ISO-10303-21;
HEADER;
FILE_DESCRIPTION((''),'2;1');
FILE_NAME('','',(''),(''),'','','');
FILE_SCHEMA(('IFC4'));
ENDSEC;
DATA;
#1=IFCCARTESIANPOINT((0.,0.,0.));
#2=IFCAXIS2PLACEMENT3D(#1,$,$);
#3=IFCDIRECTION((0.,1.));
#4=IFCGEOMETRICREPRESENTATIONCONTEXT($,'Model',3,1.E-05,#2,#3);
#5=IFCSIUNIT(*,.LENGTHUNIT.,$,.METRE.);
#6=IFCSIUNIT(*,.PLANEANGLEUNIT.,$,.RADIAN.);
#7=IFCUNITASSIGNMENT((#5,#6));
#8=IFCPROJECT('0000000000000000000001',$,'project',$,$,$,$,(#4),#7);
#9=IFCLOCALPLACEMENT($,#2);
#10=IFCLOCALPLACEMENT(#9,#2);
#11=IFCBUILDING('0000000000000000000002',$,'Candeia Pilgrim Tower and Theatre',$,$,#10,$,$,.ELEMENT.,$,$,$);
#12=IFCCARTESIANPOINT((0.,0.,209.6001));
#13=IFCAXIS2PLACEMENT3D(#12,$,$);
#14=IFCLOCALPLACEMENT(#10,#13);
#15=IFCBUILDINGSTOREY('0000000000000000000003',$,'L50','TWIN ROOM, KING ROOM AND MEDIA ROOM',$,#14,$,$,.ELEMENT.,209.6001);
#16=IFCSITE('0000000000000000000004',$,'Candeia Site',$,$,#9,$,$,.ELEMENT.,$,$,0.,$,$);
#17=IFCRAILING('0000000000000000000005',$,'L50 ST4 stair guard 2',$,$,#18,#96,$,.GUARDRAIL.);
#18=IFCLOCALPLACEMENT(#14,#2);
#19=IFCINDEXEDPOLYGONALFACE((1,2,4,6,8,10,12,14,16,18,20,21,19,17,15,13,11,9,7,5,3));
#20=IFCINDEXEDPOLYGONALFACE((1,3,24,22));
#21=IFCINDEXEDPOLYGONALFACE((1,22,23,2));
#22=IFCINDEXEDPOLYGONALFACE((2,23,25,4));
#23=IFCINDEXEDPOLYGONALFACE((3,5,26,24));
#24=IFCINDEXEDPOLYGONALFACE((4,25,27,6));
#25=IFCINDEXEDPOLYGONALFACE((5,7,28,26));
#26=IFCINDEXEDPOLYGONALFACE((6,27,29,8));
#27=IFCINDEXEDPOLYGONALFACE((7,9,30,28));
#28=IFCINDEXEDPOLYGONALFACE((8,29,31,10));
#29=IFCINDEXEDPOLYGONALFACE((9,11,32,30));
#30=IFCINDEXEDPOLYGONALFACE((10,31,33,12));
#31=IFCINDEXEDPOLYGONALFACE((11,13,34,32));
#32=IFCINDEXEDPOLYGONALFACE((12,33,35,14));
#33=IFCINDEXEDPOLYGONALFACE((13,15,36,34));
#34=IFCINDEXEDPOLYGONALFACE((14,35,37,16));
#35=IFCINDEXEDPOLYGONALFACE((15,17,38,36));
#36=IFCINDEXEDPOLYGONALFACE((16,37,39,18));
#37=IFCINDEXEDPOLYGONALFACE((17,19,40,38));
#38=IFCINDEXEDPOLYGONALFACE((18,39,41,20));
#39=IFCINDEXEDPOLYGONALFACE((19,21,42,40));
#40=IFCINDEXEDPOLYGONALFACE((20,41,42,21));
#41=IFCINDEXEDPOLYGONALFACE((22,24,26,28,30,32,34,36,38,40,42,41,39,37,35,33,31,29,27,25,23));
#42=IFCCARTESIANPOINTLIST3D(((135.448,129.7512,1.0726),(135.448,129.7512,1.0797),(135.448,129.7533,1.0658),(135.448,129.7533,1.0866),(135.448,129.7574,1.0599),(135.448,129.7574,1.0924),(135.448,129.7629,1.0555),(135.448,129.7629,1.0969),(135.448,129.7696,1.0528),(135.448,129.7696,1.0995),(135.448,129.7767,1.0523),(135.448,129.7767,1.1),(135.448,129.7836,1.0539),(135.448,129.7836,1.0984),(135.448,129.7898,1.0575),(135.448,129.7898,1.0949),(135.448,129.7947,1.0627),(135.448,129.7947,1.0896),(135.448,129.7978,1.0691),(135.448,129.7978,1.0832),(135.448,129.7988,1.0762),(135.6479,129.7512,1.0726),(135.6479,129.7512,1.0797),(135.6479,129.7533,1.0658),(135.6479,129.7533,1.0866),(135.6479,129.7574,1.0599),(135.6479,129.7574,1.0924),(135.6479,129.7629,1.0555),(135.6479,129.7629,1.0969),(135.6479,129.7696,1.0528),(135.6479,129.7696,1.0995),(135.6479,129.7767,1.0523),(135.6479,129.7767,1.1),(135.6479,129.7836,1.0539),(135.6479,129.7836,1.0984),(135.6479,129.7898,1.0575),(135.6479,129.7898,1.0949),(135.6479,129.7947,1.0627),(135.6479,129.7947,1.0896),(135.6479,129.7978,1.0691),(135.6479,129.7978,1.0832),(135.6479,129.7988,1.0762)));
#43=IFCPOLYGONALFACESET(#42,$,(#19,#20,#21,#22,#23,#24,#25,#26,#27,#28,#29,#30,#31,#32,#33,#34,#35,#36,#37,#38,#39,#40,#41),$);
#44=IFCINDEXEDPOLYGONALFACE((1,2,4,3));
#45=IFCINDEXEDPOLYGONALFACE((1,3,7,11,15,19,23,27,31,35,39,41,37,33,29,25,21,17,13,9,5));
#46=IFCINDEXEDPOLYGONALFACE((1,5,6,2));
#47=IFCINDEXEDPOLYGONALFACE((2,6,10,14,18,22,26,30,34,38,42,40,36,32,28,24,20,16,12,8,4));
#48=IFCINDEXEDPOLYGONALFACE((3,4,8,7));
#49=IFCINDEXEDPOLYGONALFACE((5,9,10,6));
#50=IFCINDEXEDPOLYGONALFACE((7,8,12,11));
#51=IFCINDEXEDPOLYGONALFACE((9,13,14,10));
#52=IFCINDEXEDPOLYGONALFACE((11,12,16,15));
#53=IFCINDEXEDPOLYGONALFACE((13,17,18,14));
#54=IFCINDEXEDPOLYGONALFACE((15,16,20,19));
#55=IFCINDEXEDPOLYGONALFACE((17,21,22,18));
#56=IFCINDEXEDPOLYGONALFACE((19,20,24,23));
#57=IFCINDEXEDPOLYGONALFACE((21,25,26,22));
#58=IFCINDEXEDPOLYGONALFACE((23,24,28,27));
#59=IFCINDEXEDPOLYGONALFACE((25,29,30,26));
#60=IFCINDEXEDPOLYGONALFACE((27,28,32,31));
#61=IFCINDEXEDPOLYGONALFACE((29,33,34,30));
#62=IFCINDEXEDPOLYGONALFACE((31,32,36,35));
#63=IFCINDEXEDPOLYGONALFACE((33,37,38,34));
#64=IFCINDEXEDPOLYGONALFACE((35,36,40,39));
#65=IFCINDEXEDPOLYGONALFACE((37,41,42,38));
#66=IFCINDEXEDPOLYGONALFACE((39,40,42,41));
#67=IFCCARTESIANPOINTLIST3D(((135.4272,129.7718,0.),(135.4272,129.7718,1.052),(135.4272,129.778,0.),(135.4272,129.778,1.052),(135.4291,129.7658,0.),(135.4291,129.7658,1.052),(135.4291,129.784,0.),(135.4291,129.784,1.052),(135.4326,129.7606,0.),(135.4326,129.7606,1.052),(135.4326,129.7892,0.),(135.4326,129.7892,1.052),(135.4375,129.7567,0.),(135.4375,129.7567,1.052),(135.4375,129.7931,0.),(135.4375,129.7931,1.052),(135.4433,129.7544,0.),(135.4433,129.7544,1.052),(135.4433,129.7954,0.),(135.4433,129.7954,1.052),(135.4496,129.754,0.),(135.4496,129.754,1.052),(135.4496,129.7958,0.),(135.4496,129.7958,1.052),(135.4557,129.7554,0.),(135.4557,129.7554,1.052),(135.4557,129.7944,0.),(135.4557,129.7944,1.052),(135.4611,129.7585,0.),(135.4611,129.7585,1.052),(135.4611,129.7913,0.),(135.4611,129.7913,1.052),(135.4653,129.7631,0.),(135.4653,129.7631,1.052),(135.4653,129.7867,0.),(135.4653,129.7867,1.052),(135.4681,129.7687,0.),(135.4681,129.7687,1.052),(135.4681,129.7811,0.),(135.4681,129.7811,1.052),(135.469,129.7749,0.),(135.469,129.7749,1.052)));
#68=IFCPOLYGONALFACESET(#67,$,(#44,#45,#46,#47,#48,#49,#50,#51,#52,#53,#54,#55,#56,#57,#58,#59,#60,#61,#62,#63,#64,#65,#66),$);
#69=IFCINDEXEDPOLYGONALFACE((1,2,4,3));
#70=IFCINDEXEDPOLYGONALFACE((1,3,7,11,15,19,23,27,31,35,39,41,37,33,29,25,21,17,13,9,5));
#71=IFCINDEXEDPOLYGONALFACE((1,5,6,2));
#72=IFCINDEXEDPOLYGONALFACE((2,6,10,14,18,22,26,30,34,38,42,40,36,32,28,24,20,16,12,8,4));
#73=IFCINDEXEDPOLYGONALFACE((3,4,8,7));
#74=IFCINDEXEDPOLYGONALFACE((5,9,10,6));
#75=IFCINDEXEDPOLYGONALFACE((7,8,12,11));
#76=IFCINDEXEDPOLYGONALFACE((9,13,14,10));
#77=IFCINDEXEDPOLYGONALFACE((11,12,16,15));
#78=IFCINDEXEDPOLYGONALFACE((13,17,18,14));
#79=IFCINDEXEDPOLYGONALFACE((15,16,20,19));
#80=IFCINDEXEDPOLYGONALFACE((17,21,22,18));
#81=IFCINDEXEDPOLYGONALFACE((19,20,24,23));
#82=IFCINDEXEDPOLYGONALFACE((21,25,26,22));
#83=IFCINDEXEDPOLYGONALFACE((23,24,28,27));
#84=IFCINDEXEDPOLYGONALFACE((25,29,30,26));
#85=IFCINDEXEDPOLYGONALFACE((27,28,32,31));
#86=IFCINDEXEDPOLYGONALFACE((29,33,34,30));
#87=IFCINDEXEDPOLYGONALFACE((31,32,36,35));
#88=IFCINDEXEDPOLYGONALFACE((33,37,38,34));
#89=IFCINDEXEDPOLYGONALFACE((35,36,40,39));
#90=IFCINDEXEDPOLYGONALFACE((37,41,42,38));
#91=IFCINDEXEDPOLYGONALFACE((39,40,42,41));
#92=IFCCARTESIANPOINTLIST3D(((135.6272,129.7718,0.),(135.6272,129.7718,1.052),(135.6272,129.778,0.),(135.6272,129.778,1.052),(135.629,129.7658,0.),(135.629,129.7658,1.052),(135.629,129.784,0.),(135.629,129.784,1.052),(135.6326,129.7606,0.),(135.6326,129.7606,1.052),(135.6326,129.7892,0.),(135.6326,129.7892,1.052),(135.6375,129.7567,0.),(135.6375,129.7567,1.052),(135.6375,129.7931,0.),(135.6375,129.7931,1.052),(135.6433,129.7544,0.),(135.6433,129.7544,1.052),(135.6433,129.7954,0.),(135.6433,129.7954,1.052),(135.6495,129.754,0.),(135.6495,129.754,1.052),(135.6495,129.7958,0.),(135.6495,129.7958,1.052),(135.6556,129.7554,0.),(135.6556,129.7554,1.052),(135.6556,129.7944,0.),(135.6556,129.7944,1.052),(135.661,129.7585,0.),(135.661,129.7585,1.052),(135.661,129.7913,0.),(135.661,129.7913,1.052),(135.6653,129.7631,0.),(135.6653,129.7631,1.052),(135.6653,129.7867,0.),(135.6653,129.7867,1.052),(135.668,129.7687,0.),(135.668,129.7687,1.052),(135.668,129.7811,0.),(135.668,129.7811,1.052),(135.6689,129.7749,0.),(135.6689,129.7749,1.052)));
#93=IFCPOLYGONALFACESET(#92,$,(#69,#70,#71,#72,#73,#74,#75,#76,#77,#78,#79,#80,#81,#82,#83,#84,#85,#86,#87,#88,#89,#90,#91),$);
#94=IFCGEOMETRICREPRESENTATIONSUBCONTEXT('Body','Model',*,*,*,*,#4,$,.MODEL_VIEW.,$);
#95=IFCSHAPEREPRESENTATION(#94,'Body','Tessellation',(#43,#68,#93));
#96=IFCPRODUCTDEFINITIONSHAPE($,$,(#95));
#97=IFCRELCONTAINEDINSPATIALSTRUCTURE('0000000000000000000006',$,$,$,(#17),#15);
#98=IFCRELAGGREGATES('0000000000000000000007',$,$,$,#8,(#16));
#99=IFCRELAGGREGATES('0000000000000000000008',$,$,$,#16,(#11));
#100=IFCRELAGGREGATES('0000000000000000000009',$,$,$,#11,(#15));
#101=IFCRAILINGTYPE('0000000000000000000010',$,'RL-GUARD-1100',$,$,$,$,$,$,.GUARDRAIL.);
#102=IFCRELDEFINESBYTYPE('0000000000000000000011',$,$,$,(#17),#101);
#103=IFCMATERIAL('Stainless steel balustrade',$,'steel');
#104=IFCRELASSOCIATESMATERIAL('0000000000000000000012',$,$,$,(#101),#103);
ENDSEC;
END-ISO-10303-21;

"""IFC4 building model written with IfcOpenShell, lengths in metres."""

from ifc_helpers import new_model, si_unit, direction, frame, origin, origin_2d, place, context, subcontext, project, spatial, circle, extrude, material, type_object, element, save


model = new_model("IFC4")

# Units and contexts
model_context = context("Model", 3, precision=1e-05, world=origin(), true_north=direction((0.0, 1.0)))
body_context = subcontext(model_context, "Body", "Model", "MODEL_VIEW")
ifc_project = project(units=[si_unit("LENGTHUNIT", "METRE"), si_unit("PLANEANGLEUNIT", "RADIAN")], contexts=[model_context])

# Site, building, storey
site_placement = place(None, origin())
site = spatial("IfcSite", under=ifc_project, at=site_placement, Name="Candeia Site", CompositionType="ELEMENT", RefElevation=0.0)
building_placement = place(site_placement, origin())
building = spatial("IfcBuilding", under=site, at=building_placement, Name="Candeia Pilgrim Tower and Theatre", CompositionType="ELEMENT")
storey_placement = place(building_placement, frame((0.0, 0.0, 209.6001)))
storey = spatial("IfcBuildingStorey", under=building, at=storey_placement, Name="L50", Description="TWIN ROOM, KING ROOM AND MEDIA ROOM", CompositionType="ELEMENT", Elevation=209.6001)

# Railing
ifc_material_1 = material(Name="Stainless steel balustrade", Category="steel")
railing_type_1 = type_object("IfcRailingType", Name="RL-GUARD-1100", PredefinedType="GUARDRAIL", material=ifc_material_1)
railing_1_placement = place(storey_placement, frame((135.448, 129.7749, 0.0)))
element("IfcRailing", 1, at=railing_1_placement, inside=storey, type_object=railing_type_1, Name="L50 ST4 stair guard 2", PredefinedType="GUARDRAIL", context=body_context, shape_type="SweptSolid", body=[
    extrude(circle(Radius=0.0239, at=origin_2d()), frame((0.0, 0.0, 1.0762), z_axis=(1.0, 0.0, 0.0), x_axis=(0.0, 1.0, 0.0)), (0.0, 0.0, 1.0), 0.2),
    extrude(circle(Radius=0.021, at=origin_2d()), origin(), (0.0, 0.0, 1.0), 1.052),
    extrude(circle(Radius=0.021, at=origin_2d()), frame((0.2, 0.0, 0.0)), (0.0, 0.0, 1.0), 1.052),
])

save(model, "model.ifc")
